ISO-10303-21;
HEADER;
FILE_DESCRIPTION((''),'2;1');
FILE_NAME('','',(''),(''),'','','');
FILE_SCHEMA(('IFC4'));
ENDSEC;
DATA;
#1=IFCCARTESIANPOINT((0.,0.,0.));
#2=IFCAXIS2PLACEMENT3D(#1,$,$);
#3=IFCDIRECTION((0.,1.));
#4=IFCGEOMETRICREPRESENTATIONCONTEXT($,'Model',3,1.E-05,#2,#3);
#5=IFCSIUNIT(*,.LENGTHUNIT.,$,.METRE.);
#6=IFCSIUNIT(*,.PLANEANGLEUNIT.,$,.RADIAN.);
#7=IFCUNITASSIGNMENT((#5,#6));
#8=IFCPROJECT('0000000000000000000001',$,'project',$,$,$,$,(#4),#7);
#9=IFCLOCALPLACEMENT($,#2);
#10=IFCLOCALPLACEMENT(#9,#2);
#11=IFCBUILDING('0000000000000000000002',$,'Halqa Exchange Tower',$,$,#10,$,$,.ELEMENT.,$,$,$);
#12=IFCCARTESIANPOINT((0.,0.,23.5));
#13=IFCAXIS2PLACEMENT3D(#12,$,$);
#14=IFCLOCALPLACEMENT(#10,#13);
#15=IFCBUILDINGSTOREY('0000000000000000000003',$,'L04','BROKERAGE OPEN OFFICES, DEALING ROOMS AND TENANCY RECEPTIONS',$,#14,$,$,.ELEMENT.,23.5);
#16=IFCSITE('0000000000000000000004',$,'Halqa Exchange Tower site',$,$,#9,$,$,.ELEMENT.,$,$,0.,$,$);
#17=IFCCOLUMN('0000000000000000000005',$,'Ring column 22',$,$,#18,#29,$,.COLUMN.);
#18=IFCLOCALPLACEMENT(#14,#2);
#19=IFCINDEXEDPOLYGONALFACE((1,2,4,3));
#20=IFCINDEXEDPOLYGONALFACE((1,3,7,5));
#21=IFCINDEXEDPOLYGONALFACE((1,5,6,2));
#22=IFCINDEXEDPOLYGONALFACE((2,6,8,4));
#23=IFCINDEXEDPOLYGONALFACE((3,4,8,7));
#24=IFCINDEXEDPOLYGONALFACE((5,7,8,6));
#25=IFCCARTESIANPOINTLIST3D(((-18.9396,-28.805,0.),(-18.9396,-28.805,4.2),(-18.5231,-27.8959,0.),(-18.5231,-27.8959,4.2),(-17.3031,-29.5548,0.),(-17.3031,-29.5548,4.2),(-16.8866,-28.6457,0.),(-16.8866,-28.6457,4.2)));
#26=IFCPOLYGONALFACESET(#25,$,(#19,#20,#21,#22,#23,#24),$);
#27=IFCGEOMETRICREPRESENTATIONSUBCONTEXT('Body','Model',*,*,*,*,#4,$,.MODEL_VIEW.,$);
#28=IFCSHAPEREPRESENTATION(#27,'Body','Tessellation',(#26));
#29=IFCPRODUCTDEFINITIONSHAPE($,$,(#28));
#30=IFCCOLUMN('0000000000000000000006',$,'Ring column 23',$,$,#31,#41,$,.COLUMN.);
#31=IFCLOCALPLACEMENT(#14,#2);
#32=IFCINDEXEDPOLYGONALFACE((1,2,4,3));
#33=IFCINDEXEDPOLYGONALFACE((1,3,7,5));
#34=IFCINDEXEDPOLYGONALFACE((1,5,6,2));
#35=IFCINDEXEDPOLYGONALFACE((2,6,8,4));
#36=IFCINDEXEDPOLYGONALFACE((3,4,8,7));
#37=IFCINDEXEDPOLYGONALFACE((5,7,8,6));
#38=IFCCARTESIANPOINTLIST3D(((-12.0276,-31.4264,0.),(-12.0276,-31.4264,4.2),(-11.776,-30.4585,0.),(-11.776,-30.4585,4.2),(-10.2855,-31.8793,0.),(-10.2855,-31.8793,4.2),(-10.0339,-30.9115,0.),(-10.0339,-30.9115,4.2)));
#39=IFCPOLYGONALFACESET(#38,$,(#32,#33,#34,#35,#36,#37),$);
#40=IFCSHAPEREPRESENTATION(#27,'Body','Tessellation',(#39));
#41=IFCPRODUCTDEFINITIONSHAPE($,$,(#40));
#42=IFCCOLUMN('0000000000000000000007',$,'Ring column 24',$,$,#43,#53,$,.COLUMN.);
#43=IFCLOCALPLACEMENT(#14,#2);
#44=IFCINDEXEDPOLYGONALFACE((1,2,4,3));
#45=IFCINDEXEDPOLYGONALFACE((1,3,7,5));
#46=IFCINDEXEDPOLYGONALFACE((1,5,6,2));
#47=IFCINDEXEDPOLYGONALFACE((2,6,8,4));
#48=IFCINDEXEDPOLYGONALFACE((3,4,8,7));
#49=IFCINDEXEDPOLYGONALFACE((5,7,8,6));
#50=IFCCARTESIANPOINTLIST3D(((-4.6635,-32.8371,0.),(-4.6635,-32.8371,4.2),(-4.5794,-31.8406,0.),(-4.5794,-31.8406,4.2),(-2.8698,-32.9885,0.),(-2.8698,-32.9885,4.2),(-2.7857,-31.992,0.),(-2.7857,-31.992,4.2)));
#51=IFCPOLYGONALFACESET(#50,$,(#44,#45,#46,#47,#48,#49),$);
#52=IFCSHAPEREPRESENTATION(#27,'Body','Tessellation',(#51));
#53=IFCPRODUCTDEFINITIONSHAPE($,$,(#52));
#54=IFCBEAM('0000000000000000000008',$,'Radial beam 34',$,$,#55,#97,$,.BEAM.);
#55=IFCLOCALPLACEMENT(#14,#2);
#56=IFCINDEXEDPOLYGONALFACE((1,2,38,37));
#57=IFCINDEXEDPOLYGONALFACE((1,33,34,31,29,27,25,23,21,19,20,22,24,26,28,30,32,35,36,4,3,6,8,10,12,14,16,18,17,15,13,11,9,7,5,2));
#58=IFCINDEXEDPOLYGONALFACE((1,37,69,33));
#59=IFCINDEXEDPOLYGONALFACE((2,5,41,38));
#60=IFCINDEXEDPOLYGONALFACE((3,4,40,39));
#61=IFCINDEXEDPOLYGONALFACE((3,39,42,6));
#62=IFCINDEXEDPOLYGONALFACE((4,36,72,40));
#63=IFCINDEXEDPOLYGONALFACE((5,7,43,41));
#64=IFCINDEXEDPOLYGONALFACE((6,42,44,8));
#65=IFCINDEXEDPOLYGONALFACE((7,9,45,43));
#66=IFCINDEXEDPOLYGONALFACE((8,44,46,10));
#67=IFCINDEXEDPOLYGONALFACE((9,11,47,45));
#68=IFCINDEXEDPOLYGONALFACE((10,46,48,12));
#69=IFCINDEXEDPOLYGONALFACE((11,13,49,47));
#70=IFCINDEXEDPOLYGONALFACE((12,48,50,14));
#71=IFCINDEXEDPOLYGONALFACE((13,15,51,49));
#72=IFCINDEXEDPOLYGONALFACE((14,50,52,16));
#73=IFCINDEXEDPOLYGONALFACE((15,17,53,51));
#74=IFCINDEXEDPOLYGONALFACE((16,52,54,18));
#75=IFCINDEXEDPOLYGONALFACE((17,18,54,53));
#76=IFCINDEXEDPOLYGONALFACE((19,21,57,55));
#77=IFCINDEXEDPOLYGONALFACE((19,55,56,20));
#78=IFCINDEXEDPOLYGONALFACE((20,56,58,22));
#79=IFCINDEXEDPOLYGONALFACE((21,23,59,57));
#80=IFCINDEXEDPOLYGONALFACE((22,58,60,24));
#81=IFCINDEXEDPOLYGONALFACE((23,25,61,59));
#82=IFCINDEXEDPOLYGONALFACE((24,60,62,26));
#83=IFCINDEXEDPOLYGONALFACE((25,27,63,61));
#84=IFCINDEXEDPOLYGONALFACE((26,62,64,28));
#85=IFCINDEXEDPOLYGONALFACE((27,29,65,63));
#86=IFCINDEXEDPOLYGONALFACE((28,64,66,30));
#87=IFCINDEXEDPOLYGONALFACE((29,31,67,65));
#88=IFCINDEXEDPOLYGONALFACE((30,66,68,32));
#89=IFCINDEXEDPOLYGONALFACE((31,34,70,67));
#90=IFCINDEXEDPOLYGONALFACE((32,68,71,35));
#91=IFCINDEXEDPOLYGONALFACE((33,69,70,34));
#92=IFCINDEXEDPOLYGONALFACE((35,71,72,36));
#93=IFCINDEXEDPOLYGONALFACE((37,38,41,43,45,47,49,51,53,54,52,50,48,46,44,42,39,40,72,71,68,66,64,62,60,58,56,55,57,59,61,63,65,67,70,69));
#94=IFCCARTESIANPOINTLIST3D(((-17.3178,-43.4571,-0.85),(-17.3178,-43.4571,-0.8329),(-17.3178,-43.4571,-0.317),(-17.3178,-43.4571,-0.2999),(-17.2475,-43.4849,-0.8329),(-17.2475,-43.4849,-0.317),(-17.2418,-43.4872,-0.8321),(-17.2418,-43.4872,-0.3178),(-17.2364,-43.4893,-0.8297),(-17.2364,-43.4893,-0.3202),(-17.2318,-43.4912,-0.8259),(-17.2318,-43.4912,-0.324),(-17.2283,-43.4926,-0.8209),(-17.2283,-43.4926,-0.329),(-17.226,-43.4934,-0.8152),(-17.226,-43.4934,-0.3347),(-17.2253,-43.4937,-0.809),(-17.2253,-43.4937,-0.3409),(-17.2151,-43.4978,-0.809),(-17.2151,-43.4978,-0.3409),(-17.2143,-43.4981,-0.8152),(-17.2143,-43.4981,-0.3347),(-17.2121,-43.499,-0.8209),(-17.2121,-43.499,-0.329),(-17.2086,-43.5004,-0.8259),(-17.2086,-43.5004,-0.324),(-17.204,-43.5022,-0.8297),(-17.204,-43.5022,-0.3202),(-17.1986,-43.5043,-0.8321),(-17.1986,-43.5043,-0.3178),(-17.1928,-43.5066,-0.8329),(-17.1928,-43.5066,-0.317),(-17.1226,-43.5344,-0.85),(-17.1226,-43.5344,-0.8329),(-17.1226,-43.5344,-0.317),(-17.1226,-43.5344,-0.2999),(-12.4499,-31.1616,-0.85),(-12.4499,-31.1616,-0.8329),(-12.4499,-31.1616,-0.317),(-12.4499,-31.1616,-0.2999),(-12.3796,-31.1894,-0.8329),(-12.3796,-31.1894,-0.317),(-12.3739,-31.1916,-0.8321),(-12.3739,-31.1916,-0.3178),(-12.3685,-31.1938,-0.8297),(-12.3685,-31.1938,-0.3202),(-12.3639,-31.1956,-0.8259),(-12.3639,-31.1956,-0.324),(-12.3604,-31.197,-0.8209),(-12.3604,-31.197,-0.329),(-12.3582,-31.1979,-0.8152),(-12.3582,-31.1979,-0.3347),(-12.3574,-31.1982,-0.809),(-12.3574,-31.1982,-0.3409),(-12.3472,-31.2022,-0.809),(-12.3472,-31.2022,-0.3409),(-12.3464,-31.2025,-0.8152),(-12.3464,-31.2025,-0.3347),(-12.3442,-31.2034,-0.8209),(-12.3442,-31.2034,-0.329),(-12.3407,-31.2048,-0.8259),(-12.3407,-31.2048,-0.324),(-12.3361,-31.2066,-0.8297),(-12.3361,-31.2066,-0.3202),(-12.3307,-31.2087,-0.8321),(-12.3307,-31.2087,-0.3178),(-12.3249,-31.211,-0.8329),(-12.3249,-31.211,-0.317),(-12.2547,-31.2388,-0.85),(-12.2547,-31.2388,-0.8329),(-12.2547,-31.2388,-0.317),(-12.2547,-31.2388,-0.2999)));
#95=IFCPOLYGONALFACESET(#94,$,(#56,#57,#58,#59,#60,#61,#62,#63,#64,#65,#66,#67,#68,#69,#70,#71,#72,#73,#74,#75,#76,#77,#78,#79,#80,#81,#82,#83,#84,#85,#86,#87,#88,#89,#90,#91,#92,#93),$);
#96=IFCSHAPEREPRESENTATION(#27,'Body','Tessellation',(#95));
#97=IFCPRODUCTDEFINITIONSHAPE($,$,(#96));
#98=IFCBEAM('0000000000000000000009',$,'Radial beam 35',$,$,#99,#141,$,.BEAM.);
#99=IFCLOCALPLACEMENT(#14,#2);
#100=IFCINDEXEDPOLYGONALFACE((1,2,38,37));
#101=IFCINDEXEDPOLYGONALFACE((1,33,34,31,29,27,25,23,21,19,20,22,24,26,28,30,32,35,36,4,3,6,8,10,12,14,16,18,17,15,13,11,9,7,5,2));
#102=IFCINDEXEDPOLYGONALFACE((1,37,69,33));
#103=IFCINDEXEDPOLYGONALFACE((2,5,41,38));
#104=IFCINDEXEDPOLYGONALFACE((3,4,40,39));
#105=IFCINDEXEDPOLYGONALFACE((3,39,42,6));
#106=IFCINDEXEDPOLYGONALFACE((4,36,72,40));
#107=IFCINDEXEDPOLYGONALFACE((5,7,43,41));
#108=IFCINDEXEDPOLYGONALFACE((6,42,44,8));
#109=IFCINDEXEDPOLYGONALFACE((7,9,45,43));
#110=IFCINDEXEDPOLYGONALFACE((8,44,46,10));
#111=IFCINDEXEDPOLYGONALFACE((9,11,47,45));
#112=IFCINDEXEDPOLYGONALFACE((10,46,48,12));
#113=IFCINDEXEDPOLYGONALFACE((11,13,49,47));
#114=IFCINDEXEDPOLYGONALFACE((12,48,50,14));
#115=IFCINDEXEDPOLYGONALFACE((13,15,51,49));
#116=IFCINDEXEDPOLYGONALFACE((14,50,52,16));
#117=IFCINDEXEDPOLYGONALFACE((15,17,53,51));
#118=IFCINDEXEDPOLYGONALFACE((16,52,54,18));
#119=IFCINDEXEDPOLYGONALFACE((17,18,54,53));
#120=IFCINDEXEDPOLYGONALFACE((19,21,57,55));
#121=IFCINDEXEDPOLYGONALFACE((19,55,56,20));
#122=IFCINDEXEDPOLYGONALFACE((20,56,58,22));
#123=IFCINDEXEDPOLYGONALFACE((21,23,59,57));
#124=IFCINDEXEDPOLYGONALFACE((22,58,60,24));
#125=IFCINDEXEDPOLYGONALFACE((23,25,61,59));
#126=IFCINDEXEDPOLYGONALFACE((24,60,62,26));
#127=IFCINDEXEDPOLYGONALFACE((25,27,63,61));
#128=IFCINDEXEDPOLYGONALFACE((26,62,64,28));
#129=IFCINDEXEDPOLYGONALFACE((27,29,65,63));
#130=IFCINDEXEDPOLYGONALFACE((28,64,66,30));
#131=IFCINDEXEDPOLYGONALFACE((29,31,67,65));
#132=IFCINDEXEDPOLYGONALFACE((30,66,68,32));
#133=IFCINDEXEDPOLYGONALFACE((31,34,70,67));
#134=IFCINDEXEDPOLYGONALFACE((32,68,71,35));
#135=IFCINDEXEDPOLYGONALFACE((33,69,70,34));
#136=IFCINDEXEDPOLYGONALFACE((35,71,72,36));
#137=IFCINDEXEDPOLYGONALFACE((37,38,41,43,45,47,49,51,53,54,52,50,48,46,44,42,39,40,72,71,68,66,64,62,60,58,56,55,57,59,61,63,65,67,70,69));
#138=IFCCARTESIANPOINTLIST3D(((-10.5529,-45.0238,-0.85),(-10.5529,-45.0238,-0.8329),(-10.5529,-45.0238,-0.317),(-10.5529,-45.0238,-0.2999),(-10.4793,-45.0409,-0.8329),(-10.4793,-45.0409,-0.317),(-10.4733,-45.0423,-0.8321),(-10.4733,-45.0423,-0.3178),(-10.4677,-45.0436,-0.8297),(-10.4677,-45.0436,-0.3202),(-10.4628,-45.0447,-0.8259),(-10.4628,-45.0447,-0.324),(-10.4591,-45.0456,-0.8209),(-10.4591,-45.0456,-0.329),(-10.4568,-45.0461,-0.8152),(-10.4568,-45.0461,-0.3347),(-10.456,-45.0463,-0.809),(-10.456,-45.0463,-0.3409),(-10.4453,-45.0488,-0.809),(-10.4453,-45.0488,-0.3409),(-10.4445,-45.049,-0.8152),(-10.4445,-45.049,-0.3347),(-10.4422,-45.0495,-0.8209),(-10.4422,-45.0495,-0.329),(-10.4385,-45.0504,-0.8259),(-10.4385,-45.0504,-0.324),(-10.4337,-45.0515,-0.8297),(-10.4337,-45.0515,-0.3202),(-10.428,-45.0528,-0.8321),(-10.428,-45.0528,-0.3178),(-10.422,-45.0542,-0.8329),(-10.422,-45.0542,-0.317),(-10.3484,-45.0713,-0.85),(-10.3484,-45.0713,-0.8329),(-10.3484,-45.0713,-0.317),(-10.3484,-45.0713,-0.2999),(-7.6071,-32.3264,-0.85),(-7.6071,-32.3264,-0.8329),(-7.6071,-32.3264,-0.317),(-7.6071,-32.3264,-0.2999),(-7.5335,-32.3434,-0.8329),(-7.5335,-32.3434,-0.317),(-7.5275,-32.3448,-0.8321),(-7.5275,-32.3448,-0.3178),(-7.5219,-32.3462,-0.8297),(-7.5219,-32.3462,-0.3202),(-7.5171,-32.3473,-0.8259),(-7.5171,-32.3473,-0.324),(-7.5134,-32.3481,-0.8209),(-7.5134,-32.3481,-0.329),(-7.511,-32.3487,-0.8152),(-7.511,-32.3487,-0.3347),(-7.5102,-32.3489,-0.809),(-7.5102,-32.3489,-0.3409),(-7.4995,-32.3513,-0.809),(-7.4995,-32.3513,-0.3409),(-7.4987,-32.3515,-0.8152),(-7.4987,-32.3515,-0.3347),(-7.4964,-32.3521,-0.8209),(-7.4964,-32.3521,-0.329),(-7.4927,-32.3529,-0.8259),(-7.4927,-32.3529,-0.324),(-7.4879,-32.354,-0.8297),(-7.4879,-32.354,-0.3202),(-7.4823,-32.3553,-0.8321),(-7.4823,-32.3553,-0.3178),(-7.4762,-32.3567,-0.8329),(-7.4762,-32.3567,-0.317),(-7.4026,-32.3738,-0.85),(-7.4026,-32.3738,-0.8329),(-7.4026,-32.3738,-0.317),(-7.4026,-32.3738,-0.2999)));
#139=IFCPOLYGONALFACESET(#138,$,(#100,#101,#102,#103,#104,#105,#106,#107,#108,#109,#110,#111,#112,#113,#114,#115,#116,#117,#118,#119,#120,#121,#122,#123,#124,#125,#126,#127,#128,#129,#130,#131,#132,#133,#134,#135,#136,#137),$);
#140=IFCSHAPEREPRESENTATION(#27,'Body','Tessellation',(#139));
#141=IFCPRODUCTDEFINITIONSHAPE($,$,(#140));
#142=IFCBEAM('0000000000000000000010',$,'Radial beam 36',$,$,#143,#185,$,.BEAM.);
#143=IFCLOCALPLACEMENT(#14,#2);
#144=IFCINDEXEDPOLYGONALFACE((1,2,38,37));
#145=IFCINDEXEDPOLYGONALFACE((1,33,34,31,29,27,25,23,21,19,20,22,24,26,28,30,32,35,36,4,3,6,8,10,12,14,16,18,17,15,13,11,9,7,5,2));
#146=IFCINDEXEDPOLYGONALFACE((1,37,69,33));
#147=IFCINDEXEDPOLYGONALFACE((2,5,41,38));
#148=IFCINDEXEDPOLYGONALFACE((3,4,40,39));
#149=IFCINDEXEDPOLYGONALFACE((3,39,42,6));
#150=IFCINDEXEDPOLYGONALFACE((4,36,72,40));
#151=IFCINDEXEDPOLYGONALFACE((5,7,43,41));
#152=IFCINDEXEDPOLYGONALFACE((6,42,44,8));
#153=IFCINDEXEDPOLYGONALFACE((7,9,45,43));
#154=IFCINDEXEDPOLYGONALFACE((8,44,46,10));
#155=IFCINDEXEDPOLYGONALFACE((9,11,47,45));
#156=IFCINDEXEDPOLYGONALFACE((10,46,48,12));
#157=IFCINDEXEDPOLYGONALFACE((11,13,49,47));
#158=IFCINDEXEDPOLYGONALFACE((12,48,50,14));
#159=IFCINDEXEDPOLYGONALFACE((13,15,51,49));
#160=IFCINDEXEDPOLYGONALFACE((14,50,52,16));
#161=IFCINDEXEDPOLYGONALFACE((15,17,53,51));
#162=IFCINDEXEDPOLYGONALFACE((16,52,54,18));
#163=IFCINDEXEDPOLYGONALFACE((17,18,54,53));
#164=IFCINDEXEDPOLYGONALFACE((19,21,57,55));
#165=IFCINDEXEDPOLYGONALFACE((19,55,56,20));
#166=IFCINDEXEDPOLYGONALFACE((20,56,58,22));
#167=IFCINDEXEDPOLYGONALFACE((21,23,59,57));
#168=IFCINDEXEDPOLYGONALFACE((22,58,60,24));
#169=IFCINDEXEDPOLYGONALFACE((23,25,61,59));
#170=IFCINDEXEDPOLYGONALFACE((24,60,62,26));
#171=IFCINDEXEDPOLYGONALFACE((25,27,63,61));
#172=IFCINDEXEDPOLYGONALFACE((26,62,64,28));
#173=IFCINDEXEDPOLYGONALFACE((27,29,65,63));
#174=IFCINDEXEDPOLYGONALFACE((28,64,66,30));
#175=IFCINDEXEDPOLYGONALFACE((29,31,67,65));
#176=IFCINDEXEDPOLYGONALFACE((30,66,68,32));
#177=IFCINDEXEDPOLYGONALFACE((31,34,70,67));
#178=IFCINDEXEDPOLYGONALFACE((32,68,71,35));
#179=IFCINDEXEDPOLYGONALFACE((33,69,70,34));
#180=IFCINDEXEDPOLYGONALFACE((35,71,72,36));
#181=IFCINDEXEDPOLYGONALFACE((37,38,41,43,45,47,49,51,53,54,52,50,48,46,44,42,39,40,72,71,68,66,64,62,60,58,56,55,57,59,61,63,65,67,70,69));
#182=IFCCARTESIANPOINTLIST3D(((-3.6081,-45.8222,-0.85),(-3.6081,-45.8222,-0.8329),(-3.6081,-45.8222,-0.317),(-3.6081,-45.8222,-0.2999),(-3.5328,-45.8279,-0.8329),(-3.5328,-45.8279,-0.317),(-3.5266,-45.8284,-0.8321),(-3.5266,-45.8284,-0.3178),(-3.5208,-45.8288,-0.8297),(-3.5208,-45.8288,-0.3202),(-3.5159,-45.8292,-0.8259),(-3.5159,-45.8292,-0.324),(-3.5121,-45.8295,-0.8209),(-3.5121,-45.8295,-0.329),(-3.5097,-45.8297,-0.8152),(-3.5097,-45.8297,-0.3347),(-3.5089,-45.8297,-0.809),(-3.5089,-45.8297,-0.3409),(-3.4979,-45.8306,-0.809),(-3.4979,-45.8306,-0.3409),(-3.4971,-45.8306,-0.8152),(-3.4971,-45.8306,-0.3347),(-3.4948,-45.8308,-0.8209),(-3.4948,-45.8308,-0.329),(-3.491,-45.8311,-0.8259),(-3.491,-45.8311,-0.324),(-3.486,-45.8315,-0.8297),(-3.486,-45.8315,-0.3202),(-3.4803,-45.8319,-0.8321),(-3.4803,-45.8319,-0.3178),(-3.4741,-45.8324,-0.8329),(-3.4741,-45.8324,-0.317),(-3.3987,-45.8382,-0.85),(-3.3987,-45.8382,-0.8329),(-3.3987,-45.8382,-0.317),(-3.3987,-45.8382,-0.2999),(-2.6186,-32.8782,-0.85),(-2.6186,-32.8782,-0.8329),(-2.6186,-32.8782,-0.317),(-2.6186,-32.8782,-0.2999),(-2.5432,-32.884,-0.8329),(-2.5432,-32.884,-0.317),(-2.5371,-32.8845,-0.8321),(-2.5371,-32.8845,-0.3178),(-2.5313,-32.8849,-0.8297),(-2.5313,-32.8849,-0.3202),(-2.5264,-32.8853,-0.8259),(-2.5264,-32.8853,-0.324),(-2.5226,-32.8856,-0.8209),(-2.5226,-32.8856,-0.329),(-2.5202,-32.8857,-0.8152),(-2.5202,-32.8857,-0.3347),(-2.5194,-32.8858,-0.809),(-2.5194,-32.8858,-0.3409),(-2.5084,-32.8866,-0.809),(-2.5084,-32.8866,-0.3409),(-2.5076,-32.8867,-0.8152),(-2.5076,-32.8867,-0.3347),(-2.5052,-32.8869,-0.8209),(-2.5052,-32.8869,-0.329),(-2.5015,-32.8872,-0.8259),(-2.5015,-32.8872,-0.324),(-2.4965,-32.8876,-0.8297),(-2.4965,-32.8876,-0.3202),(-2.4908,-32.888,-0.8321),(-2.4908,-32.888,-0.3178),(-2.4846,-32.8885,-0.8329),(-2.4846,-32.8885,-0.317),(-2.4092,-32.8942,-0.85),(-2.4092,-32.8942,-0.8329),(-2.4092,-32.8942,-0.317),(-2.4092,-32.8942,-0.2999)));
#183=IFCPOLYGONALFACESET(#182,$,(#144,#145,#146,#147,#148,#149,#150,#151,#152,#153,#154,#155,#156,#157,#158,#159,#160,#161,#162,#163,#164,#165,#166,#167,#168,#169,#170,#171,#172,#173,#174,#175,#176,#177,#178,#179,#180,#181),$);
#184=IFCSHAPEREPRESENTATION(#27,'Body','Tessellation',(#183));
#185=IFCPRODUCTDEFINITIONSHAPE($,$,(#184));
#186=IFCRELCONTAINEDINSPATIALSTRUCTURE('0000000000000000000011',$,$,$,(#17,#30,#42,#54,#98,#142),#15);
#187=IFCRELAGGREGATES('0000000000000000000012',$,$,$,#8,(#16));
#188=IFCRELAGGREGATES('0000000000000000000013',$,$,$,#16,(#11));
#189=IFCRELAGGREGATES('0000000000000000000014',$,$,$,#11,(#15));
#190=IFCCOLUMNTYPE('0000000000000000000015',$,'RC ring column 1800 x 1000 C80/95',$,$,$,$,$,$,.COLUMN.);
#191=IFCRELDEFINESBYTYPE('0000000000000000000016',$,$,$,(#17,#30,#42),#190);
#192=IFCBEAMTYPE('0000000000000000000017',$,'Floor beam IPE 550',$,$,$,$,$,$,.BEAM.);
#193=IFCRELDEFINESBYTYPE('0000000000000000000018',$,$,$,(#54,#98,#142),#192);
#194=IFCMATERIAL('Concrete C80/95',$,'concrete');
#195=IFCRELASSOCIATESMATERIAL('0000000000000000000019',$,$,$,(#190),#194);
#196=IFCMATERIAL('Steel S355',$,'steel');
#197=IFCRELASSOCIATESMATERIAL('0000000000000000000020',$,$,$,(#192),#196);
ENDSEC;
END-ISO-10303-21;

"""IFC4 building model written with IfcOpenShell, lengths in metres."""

from ifc_helpers import new_model, si_unit, direction, frame, origin, origin_2d, place, context, subcontext, project, spatial, rectangle, i_section, extrude, material, material_profile, profile_set, type_object, element, save


model = new_model("IFC4")

# Units and contexts
model_context = context("Model", 3, precision=1e-05, world=origin(), true_north=direction((0.0, 1.0)))
body_context = subcontext(model_context, "Body", "Model", "MODEL_VIEW")
ifc_project = project(units=[si_unit("LENGTHUNIT", "METRE"), si_unit("PLANEANGLEUNIT", "RADIAN")], contexts=[model_context])

# Site, building, storey
site_placement = place(None, origin())
site = spatial("IfcSite", under=ifc_project, at=site_placement, Name="Halqa Exchange Tower site", CompositionType="ELEMENT", RefElevation=0.0)
building_placement = place(site_placement, origin())
building = spatial("IfcBuilding", under=site, at=building_placement, Name="Halqa Exchange Tower", CompositionType="ELEMENT")
storey_placement = place(building_placement, frame((0.0, 0.0, 23.5)))
storey = spatial("IfcBuildingStorey", under=building, at=storey_placement, Name="L04", Description="BROKERAGE OPEN OFFICES, DEALING ROOMS AND TENANCY RECEPTIONS", CompositionType="ELEMENT", Elevation=23.5)

# Columns
ifc_material_1 = material(Name="Concrete C80/95", Category="concrete")
ifc_material_profile_1 = material_profile(ifc_material_1, rectangle(XDim=1.8, YDim=1.0, at=origin_2d()), Name="1800 x 1000")
ifc_profile_set_1 = profile_set([ifc_material_profile_1], Name="Concrete C80/95")
column_type = type_object("IfcColumnType", Name="RC ring column 1800 x 1000 C80/95", PredefinedType="COLUMN", material=ifc_profile_set_1)
for number, where, z_axis, x_axis, name in (
    (1, (-17.9131, -28.7253, 0.0), (0.0, 0.0, 1.0), (0.909126, -0.416522, 0.0), "Ring column 22"),
    (2, (-11.0308, -31.1689, 0.0), (0.0, 0.0, 1.0), (0.967819, -0.251647, 0.0), "Ring column 23"),
    (3, (-3.7246, -32.4146, 0.0), (0.0, 0.0, 1.0), (0.996455, -0.084123, 0.0), "Ring column 24"),
):
    element("IfcColumn", number, at=place(storey_placement, frame(where, z_axis=z_axis, x_axis=x_axis)), inside=storey, type_object=column_type, Name=name, PredefinedType="COLUMN", context=body_context, shape_type="SweptSolid", body=[
        extrude(rectangle(XDim=1.8, YDim=1.0, at=origin_2d()), origin(), (0.0, 0.0, 1.0), 4.2),
    ])

# Beams
ifc_material_2 = material(Name="Steel S355", Category="steel")
ifc_material_profile_2 = material_profile(ifc_material_2, i_section(OverallWidth=0.21, OverallDepth=0.55, WebThickness=0.011, FlangeThickness=0.0171, FilletRadius=0.0239, at=origin_2d()), Name="IPE 550")
ifc_profile_set_2 = profile_set([ifc_material_profile_2], Name="Steel S355")
beam_type_1 = type_object("IfcBeamType", Name="Floor beam IPE 550", PredefinedType="BEAM", material=ifc_profile_set_2)
beam_1_placement = place(storey_placement, frame((-12.3523, -31.2002, -0.575), z_axis=(-0.368107, -0.929784, 0.0), x_axis=(0.929784, -0.368107, 0.0)))
element("IfcBeam", 4, at=beam_1_placement, inside=storey, type_object=beam_type_1, Name="Radial beam 34", PredefinedType="BEAM", context=body_context, shape_type="SweptSolid", body=[
    extrude(i_section(OverallWidth=0.21, OverallDepth=0.55, WebThickness=0.011, FlangeThickness=0.0171, FilletRadius=0.0239, at=origin_2d()), origin(), (0.0, 0.0, 1.0), 13.2241),
])
beam_2_placement = place(storey_placement, frame((-7.5049, -32.3501, -0.575), z_axis=(-0.225996, -0.974128, 0.0), x_axis=(0.974128, -0.225996, 0.0)))
element("IfcBeam", 5, at=beam_2_placement, inside=storey, type_object=beam_type_1, Name="Radial beam 35", PredefinedType="BEAM", context=body_context, shape_type="SweptSolid", body=[
    extrude(i_section(OverallWidth=0.21, OverallDepth=0.55, WebThickness=0.011, FlangeThickness=0.0171, FilletRadius=0.0239, at=origin_2d()), origin(), (0.0, 0.0, 1.0), 13.0347),
])
beam_3_placement = place(storey_placement, frame((-2.5139, -32.8862, -0.575), z_axis=(-0.076223, -0.997091, 0.0), x_axis=(0.997091, -0.076223, 0.0)))
element("IfcBeam", 6, at=beam_3_placement, inside=storey, type_object=beam_type_1, Name="Radial beam 36", PredefinedType="BEAM", context=body_context, shape_type="SweptSolid", body=[
    extrude(i_section(OverallWidth=0.21, OverallDepth=0.55, WebThickness=0.011, FlangeThickness=0.0171, FilletRadius=0.0239, at=origin_2d()), origin(), (0.0, 0.0, 1.0), 12.9817),
])

save(model, "model.ifc")
